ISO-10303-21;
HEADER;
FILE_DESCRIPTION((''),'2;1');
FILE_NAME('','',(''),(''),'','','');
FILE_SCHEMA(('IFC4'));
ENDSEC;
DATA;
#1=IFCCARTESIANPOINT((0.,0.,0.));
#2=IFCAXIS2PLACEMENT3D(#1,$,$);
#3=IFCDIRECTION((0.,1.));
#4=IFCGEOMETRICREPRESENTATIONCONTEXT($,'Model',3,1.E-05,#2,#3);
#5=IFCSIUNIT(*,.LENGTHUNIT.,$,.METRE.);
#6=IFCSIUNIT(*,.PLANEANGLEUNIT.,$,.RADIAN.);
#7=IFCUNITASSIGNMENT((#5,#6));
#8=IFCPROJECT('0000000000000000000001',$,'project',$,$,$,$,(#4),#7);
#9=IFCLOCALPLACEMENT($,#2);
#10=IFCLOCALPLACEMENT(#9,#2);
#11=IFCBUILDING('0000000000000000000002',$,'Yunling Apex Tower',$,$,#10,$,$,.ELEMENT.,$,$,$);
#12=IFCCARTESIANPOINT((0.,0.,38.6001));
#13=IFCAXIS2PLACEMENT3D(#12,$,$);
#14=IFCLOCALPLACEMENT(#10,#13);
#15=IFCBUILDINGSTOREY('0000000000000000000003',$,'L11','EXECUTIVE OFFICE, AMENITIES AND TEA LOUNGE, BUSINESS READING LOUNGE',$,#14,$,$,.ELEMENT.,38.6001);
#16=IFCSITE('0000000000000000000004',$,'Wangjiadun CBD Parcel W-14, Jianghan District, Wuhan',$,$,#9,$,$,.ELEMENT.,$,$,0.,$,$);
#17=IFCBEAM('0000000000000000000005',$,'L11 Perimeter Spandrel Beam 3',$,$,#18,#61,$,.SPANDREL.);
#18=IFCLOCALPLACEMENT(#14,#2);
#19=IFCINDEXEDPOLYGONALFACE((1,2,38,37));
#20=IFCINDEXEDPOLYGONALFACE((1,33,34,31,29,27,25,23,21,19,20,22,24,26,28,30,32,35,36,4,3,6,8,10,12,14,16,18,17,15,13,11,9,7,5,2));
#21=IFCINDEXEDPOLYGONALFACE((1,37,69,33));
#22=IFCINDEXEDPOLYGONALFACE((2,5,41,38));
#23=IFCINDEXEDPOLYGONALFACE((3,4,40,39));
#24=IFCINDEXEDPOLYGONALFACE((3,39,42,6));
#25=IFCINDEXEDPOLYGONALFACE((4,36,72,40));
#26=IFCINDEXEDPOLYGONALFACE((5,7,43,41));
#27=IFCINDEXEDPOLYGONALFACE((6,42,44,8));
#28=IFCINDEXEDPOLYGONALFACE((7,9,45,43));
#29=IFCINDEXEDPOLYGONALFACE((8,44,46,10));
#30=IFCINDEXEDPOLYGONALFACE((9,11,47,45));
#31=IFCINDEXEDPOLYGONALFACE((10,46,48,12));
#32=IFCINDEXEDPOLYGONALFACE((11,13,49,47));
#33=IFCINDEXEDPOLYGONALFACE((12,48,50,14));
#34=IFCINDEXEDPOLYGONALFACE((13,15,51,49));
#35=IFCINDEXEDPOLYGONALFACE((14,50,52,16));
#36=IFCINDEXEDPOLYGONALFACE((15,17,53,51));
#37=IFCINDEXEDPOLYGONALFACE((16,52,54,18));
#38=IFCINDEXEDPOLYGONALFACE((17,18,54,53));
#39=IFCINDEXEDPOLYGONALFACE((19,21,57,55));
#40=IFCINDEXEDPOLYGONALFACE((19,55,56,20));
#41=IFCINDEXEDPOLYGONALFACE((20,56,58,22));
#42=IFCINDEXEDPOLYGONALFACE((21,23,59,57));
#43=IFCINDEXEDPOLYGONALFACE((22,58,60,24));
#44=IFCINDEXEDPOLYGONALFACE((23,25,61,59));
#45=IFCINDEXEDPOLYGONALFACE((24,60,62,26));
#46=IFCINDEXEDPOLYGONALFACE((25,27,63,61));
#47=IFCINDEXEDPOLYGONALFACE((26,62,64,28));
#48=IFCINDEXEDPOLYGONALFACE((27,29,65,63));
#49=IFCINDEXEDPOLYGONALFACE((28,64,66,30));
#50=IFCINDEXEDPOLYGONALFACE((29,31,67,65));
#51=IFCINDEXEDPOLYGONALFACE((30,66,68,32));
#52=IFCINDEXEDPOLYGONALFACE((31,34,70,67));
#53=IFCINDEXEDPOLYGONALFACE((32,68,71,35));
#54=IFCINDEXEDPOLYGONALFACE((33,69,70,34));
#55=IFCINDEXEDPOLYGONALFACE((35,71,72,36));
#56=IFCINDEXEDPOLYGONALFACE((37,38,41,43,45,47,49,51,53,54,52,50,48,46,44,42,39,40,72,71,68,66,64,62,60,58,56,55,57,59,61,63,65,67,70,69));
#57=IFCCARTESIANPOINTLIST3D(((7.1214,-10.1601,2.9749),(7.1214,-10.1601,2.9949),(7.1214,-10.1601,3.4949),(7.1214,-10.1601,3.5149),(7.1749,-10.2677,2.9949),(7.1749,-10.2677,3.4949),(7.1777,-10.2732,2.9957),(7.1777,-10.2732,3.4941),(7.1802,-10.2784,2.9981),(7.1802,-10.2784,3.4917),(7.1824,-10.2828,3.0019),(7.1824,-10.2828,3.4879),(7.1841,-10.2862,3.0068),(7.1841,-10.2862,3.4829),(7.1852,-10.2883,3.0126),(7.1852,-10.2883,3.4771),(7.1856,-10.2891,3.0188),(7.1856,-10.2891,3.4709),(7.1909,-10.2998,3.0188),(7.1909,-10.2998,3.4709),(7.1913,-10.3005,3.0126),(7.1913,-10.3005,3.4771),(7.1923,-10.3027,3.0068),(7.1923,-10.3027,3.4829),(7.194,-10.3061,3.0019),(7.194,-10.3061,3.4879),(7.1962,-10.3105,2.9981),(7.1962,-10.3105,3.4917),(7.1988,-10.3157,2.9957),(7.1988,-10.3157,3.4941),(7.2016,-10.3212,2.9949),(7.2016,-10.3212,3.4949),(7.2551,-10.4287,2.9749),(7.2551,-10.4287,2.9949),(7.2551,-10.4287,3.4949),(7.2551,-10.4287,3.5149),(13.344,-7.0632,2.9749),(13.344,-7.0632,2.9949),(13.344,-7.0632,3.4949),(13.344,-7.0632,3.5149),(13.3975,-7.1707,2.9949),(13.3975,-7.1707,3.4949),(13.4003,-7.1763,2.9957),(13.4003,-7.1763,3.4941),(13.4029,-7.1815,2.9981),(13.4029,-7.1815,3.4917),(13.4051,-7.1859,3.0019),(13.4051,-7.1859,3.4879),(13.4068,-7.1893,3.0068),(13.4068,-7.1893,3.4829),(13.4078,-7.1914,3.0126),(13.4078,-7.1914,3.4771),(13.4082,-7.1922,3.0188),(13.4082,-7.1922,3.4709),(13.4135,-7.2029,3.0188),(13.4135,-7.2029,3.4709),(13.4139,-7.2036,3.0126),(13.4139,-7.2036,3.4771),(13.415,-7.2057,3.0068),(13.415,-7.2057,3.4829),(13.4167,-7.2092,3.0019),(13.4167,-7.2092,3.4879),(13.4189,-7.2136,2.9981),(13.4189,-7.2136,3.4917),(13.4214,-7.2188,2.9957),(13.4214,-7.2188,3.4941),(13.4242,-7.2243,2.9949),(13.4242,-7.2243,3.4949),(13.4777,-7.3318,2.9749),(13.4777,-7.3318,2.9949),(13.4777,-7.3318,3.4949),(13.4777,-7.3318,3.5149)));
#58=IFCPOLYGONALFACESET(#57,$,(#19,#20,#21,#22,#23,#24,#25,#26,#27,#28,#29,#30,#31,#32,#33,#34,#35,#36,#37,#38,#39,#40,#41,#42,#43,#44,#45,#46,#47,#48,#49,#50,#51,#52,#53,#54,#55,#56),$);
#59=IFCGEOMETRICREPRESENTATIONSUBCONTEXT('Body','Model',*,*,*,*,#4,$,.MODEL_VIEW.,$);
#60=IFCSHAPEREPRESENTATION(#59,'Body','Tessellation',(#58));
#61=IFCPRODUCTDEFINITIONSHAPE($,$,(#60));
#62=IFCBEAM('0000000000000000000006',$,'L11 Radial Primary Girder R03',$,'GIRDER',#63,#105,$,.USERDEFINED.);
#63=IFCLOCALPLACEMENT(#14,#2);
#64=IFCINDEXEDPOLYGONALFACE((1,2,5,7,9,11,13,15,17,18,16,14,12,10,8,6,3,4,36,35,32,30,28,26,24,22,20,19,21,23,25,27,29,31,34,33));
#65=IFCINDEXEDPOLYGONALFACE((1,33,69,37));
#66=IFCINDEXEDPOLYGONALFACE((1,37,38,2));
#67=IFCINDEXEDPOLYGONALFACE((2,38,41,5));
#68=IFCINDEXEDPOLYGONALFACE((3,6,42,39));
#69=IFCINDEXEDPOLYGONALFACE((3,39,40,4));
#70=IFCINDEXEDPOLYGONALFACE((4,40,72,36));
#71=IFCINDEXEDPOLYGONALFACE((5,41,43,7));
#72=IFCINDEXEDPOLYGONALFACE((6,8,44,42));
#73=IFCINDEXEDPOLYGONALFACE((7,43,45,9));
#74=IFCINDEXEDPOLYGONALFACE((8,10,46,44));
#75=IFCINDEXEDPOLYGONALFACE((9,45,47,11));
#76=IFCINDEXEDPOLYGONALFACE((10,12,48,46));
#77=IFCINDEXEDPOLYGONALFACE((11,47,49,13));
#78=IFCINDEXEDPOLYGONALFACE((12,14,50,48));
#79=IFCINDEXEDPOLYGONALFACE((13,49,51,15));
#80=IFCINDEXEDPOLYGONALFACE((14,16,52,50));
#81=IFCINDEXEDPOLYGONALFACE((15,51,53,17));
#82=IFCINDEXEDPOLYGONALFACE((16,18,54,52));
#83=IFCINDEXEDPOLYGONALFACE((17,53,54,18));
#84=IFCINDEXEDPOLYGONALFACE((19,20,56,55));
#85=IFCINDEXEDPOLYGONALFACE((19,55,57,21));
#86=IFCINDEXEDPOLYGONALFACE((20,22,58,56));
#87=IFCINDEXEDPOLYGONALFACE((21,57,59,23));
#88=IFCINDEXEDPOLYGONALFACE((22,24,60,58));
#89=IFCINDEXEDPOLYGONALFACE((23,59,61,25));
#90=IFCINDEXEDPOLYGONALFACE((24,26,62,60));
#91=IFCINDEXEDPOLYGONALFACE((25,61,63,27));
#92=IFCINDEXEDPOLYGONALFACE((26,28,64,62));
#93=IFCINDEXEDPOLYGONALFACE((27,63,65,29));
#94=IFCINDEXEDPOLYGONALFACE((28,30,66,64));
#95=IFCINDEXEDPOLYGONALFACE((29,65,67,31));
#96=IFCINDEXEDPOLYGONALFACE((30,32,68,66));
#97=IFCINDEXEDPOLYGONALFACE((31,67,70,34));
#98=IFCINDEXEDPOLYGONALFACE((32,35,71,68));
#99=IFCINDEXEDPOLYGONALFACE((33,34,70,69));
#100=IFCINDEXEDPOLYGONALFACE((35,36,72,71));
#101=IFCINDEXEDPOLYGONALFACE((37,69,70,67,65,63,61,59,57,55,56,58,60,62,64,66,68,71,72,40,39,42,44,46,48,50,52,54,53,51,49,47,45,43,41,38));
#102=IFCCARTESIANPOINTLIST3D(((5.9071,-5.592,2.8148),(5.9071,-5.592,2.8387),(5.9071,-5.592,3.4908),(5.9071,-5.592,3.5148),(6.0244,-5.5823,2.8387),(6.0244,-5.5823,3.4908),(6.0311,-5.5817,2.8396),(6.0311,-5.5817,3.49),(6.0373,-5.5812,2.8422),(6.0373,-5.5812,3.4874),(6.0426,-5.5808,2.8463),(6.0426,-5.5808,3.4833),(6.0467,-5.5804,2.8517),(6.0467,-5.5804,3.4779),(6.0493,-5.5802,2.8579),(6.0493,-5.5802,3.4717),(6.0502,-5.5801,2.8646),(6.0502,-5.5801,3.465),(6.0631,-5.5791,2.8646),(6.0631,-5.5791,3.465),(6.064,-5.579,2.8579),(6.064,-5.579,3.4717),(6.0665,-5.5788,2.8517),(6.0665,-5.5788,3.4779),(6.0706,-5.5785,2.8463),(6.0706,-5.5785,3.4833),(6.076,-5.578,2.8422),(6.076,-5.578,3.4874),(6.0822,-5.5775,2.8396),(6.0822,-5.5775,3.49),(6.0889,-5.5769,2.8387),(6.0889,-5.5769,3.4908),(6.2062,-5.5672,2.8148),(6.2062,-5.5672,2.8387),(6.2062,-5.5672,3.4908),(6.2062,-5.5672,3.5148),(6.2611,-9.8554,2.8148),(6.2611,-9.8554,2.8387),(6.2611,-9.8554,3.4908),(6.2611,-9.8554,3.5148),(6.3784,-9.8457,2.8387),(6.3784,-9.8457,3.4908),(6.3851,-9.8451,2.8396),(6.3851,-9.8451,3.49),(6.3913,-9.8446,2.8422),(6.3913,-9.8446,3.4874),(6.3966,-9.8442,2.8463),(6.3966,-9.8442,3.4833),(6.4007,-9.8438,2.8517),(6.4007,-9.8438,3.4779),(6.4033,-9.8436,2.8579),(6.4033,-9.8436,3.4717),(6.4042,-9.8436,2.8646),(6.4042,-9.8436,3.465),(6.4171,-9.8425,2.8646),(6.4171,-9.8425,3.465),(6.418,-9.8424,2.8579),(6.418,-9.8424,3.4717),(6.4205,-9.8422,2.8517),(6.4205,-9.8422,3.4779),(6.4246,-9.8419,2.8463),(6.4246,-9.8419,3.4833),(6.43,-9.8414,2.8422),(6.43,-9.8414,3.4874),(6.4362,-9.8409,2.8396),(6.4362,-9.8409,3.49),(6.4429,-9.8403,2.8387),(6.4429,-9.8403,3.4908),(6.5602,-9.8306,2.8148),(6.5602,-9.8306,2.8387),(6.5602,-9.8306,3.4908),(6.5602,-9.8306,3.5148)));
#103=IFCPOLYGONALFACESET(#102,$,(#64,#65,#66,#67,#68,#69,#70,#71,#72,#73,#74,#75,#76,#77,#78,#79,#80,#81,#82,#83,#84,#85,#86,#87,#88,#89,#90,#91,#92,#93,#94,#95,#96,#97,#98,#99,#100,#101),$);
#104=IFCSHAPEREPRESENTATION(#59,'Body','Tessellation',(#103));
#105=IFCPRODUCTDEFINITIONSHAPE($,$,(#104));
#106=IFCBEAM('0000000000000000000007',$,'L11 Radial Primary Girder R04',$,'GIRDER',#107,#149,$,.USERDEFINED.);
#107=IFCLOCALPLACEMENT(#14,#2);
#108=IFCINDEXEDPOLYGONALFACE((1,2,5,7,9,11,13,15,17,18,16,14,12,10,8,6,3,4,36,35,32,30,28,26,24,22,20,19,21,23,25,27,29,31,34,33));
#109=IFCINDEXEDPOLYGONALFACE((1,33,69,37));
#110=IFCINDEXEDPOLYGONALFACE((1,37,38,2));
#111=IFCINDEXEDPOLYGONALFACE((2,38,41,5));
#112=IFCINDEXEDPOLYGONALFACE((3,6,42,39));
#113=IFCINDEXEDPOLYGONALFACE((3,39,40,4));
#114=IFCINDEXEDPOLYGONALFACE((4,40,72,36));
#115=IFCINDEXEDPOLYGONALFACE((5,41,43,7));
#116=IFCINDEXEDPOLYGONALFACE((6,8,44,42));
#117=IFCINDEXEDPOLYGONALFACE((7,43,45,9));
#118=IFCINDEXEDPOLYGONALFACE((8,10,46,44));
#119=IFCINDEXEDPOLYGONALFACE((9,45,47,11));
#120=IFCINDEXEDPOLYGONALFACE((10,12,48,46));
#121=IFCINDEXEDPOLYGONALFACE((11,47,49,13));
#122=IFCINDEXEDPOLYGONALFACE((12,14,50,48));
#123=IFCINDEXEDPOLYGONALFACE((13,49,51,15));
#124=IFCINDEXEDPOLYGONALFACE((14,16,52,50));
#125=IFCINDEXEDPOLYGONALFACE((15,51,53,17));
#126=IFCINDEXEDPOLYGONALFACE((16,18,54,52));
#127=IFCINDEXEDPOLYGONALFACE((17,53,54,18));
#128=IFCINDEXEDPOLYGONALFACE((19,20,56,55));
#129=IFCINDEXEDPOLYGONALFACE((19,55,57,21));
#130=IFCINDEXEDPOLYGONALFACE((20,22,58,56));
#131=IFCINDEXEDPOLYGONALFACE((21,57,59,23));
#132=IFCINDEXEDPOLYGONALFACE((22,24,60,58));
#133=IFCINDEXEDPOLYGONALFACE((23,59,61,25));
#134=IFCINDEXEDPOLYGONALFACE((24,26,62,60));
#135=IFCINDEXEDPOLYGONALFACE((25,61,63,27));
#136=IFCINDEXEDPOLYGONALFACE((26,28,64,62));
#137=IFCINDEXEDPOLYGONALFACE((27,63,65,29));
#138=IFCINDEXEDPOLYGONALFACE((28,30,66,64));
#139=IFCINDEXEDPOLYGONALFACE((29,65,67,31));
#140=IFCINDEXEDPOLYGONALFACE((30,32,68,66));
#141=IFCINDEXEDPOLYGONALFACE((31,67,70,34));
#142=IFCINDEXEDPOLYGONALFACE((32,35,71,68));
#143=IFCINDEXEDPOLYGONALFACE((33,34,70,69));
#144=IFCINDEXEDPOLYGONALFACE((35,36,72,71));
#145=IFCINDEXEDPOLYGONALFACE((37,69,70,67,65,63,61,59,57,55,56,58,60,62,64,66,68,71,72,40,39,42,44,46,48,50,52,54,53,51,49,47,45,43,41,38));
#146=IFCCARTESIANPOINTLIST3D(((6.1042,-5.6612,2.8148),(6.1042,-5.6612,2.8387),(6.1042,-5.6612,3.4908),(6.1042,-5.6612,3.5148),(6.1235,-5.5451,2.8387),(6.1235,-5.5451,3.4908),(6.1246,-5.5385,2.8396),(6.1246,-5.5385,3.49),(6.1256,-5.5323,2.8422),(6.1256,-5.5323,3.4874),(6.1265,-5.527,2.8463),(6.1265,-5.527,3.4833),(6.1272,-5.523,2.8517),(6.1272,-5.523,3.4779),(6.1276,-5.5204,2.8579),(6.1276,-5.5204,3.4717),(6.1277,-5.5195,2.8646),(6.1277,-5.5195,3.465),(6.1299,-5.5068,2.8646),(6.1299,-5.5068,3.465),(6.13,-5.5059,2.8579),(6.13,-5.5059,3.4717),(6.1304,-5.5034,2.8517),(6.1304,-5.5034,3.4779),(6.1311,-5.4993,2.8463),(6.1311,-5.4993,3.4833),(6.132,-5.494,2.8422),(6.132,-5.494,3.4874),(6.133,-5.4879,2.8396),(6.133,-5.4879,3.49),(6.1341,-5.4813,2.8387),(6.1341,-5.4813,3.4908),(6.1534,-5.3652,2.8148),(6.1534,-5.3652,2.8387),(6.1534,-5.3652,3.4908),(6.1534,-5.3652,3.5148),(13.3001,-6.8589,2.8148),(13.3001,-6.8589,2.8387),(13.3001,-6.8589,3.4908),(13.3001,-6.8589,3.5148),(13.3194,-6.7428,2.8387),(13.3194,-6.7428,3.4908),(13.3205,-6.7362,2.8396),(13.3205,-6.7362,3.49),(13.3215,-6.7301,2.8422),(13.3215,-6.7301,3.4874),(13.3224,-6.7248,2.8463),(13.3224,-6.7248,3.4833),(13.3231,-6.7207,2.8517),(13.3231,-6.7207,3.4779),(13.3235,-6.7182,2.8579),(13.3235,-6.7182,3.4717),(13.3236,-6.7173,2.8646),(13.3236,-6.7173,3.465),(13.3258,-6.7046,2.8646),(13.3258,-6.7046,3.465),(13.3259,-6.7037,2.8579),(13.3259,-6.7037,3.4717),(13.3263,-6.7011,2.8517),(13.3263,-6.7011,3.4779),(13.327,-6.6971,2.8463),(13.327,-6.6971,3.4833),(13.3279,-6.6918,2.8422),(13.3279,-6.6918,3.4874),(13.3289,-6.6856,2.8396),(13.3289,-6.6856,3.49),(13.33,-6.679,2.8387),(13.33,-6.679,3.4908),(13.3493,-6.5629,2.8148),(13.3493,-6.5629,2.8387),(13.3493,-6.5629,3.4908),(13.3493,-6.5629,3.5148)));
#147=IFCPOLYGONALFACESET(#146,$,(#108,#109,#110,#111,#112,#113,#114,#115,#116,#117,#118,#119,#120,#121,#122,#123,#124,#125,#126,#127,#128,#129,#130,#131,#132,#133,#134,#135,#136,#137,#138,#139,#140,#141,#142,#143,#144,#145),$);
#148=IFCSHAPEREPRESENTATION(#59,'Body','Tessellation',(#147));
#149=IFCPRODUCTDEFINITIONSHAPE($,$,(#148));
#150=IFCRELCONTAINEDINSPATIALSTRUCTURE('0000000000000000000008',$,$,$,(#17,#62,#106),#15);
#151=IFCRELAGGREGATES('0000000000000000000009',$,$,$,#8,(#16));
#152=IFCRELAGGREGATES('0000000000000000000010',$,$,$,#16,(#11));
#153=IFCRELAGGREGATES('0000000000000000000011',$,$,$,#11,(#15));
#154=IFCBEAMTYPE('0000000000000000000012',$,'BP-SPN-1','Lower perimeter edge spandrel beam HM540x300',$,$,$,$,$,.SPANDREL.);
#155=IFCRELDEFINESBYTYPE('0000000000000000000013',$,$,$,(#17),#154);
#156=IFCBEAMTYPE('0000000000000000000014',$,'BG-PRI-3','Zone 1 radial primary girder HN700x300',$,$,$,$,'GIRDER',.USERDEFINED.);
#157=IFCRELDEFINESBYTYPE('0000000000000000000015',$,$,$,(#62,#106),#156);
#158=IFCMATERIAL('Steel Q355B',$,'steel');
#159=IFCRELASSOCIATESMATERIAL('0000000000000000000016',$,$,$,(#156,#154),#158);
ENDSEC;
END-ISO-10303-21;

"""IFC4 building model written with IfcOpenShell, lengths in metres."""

from ifc_helpers import new_model, si_unit, direction, frame, origin, origin_2d, place, context, subcontext, project, spatial, i_section, extrude, source, transform, mapped, material, material_profile, profile_set, type_object, element, save


model = new_model("IFC4")

# Units and contexts
model_context = context("Model", 3, precision=1e-05, world=origin(), true_north=direction((0.0, 1.0)))
body_context = subcontext(model_context, "Body", "Model", "MODEL_VIEW")
ifc_project = project(units=[si_unit("LENGTHUNIT", "METRE"), si_unit("PLANEANGLEUNIT", "RADIAN")], contexts=[model_context])

# Site, building, storey
site_placement = place(None, origin())
site = spatial("IfcSite", under=ifc_project, at=site_placement, Name="Wangjiadun CBD Parcel W-14, Jianghan District, Wuhan", CompositionType="ELEMENT", RefElevation=0.0)
building_placement = place(site_placement, origin())
building = spatial("IfcBuilding", under=site, at=building_placement, Name="Yunling Apex Tower", CompositionType="ELEMENT")
storey_placement = place(building_placement, frame((0.0, 0.0, 38.6001)))
storey = spatial("IfcBuildingStorey", under=building, at=storey_placement, Name="L11", Description="EXECUTIVE OFFICE, AMENITIES AND TEA LOUNGE, BUSINESS READING LOUNGE", CompositionType="ELEMENT", Elevation=38.6001)

# Beams
ifc_material_1 = material(Name="Steel Q355B", Category="steel")
ifc_material_profile_1 = material_profile(ifc_material_1, i_section(OverallWidth=0.3, OverallDepth=0.7, WebThickness=0.0129, FlangeThickness=0.0239, FilletRadius=0.0259, at=origin_2d()))
ifc_profile_set_1 = profile_set([ifc_material_profile_1], Name="Steel Q355B")
beam_type_1 = type_object("IfcBeamType", Name="BG-PRI-3", Description="Zone 1 radial primary girder HN700x300", ElementType="GIRDER", PredefinedType="USERDEFINED", material=ifc_profile_set_1)
ifc_material_profile_2 = material_profile(ifc_material_1, i_section(OverallWidth=0.3, OverallDepth=0.54, WebThickness=0.012, FlangeThickness=0.02, FilletRadius=0.0239, at=origin_2d()))
ifc_profile_set_2 = profile_set([ifc_material_profile_2], Name="Steel Q355B")
beam_type_2 = type_object("IfcBeamType", Name="BP-SPN-1", Description="Lower perimeter edge spandrel beam HM540x300", PredefinedType="SPANDREL", material=ifc_profile_set_2)
shared_shape_1 = source(origin(), body_context, "Body", "SweptSolid", [
    extrude(i_section(OverallWidth=0.3, OverallDepth=0.54, WebThickness=0.012, FlangeThickness=0.02, FilletRadius=0.0239, at=origin_2d()), origin(), (0.0, 0.0, 1.0), 6.9507),
])
beam_1_placement = place(storey_placement, frame((7.1882, -10.2944, 3.2449), z_axis=(0.895255, 0.445555, 0.0), x_axis=(-0.445555, 0.895255, 0.0)))
element("IfcBeam", 1, at=beam_1_placement, inside=storey, type_object=beam_type_2, Name="L11 Perimeter Spandrel Beam 3", PredefinedType="SPANDREL", context=body_context, shape_type="MappedRepresentation", body=[
    mapped(shared_shape_1, transform((0.0, 0.0, 0.0), scale=1.0)),
])
shared_shape_2 = source(origin(), body_context, "Body", "SweptSolid", [
    extrude(i_section(OverallWidth=0.3, OverallDepth=0.7, WebThickness=0.0129, FlangeThickness=0.0239, FilletRadius=0.0259, at=origin_2d()), origin(), (0.0, 0.0, 1.0), 4.2781),
])
beam_2_placement = place(storey_placement, frame((6.4106, -9.843, 3.1648), z_axis=(-0.082748, 0.996571, 0.0), x_axis=(-0.996571, -0.082748, 0.0)))
element("IfcBeam", 2, at=beam_2_placement, inside=storey, type_object=beam_type_1, Name="L11 Radial Primary Girder R03", ObjectType="GIRDER", PredefinedType="USERDEFINED", context=body_context, shape_type="MappedRepresentation", body=[
    mapped(shared_shape_2, transform((0.0, 0.0, 0.0), scale=1.0)),
])
shared_shape_3 = source(origin(), body_context, "Body", "SweptSolid", [
    extrude(i_section(OverallWidth=0.3, OverallDepth=0.7, WebThickness=0.0129, FlangeThickness=0.0239, FilletRadius=0.0259, at=origin_2d()), origin(), (0.0, 0.0, 1.0), 7.2949),
])
beam_3_placement = place(storey_placement, frame((13.3247, -6.7109, 3.1648), z_axis=(-0.986428, 0.164193, 0.0), x_axis=(-0.164193, -0.986428, 0.0)))
element("IfcBeam", 3, at=beam_3_placement, inside=storey, type_object=beam_type_1, Name="L11 Radial Primary Girder R04", ObjectType="GIRDER", PredefinedType="USERDEFINED", context=body_context, shape_type="MappedRepresentation", body=[
    mapped(shared_shape_3, transform((0.0, 0.0, 0.0), scale=1.0)),
])

save(model, "model.ifc")
